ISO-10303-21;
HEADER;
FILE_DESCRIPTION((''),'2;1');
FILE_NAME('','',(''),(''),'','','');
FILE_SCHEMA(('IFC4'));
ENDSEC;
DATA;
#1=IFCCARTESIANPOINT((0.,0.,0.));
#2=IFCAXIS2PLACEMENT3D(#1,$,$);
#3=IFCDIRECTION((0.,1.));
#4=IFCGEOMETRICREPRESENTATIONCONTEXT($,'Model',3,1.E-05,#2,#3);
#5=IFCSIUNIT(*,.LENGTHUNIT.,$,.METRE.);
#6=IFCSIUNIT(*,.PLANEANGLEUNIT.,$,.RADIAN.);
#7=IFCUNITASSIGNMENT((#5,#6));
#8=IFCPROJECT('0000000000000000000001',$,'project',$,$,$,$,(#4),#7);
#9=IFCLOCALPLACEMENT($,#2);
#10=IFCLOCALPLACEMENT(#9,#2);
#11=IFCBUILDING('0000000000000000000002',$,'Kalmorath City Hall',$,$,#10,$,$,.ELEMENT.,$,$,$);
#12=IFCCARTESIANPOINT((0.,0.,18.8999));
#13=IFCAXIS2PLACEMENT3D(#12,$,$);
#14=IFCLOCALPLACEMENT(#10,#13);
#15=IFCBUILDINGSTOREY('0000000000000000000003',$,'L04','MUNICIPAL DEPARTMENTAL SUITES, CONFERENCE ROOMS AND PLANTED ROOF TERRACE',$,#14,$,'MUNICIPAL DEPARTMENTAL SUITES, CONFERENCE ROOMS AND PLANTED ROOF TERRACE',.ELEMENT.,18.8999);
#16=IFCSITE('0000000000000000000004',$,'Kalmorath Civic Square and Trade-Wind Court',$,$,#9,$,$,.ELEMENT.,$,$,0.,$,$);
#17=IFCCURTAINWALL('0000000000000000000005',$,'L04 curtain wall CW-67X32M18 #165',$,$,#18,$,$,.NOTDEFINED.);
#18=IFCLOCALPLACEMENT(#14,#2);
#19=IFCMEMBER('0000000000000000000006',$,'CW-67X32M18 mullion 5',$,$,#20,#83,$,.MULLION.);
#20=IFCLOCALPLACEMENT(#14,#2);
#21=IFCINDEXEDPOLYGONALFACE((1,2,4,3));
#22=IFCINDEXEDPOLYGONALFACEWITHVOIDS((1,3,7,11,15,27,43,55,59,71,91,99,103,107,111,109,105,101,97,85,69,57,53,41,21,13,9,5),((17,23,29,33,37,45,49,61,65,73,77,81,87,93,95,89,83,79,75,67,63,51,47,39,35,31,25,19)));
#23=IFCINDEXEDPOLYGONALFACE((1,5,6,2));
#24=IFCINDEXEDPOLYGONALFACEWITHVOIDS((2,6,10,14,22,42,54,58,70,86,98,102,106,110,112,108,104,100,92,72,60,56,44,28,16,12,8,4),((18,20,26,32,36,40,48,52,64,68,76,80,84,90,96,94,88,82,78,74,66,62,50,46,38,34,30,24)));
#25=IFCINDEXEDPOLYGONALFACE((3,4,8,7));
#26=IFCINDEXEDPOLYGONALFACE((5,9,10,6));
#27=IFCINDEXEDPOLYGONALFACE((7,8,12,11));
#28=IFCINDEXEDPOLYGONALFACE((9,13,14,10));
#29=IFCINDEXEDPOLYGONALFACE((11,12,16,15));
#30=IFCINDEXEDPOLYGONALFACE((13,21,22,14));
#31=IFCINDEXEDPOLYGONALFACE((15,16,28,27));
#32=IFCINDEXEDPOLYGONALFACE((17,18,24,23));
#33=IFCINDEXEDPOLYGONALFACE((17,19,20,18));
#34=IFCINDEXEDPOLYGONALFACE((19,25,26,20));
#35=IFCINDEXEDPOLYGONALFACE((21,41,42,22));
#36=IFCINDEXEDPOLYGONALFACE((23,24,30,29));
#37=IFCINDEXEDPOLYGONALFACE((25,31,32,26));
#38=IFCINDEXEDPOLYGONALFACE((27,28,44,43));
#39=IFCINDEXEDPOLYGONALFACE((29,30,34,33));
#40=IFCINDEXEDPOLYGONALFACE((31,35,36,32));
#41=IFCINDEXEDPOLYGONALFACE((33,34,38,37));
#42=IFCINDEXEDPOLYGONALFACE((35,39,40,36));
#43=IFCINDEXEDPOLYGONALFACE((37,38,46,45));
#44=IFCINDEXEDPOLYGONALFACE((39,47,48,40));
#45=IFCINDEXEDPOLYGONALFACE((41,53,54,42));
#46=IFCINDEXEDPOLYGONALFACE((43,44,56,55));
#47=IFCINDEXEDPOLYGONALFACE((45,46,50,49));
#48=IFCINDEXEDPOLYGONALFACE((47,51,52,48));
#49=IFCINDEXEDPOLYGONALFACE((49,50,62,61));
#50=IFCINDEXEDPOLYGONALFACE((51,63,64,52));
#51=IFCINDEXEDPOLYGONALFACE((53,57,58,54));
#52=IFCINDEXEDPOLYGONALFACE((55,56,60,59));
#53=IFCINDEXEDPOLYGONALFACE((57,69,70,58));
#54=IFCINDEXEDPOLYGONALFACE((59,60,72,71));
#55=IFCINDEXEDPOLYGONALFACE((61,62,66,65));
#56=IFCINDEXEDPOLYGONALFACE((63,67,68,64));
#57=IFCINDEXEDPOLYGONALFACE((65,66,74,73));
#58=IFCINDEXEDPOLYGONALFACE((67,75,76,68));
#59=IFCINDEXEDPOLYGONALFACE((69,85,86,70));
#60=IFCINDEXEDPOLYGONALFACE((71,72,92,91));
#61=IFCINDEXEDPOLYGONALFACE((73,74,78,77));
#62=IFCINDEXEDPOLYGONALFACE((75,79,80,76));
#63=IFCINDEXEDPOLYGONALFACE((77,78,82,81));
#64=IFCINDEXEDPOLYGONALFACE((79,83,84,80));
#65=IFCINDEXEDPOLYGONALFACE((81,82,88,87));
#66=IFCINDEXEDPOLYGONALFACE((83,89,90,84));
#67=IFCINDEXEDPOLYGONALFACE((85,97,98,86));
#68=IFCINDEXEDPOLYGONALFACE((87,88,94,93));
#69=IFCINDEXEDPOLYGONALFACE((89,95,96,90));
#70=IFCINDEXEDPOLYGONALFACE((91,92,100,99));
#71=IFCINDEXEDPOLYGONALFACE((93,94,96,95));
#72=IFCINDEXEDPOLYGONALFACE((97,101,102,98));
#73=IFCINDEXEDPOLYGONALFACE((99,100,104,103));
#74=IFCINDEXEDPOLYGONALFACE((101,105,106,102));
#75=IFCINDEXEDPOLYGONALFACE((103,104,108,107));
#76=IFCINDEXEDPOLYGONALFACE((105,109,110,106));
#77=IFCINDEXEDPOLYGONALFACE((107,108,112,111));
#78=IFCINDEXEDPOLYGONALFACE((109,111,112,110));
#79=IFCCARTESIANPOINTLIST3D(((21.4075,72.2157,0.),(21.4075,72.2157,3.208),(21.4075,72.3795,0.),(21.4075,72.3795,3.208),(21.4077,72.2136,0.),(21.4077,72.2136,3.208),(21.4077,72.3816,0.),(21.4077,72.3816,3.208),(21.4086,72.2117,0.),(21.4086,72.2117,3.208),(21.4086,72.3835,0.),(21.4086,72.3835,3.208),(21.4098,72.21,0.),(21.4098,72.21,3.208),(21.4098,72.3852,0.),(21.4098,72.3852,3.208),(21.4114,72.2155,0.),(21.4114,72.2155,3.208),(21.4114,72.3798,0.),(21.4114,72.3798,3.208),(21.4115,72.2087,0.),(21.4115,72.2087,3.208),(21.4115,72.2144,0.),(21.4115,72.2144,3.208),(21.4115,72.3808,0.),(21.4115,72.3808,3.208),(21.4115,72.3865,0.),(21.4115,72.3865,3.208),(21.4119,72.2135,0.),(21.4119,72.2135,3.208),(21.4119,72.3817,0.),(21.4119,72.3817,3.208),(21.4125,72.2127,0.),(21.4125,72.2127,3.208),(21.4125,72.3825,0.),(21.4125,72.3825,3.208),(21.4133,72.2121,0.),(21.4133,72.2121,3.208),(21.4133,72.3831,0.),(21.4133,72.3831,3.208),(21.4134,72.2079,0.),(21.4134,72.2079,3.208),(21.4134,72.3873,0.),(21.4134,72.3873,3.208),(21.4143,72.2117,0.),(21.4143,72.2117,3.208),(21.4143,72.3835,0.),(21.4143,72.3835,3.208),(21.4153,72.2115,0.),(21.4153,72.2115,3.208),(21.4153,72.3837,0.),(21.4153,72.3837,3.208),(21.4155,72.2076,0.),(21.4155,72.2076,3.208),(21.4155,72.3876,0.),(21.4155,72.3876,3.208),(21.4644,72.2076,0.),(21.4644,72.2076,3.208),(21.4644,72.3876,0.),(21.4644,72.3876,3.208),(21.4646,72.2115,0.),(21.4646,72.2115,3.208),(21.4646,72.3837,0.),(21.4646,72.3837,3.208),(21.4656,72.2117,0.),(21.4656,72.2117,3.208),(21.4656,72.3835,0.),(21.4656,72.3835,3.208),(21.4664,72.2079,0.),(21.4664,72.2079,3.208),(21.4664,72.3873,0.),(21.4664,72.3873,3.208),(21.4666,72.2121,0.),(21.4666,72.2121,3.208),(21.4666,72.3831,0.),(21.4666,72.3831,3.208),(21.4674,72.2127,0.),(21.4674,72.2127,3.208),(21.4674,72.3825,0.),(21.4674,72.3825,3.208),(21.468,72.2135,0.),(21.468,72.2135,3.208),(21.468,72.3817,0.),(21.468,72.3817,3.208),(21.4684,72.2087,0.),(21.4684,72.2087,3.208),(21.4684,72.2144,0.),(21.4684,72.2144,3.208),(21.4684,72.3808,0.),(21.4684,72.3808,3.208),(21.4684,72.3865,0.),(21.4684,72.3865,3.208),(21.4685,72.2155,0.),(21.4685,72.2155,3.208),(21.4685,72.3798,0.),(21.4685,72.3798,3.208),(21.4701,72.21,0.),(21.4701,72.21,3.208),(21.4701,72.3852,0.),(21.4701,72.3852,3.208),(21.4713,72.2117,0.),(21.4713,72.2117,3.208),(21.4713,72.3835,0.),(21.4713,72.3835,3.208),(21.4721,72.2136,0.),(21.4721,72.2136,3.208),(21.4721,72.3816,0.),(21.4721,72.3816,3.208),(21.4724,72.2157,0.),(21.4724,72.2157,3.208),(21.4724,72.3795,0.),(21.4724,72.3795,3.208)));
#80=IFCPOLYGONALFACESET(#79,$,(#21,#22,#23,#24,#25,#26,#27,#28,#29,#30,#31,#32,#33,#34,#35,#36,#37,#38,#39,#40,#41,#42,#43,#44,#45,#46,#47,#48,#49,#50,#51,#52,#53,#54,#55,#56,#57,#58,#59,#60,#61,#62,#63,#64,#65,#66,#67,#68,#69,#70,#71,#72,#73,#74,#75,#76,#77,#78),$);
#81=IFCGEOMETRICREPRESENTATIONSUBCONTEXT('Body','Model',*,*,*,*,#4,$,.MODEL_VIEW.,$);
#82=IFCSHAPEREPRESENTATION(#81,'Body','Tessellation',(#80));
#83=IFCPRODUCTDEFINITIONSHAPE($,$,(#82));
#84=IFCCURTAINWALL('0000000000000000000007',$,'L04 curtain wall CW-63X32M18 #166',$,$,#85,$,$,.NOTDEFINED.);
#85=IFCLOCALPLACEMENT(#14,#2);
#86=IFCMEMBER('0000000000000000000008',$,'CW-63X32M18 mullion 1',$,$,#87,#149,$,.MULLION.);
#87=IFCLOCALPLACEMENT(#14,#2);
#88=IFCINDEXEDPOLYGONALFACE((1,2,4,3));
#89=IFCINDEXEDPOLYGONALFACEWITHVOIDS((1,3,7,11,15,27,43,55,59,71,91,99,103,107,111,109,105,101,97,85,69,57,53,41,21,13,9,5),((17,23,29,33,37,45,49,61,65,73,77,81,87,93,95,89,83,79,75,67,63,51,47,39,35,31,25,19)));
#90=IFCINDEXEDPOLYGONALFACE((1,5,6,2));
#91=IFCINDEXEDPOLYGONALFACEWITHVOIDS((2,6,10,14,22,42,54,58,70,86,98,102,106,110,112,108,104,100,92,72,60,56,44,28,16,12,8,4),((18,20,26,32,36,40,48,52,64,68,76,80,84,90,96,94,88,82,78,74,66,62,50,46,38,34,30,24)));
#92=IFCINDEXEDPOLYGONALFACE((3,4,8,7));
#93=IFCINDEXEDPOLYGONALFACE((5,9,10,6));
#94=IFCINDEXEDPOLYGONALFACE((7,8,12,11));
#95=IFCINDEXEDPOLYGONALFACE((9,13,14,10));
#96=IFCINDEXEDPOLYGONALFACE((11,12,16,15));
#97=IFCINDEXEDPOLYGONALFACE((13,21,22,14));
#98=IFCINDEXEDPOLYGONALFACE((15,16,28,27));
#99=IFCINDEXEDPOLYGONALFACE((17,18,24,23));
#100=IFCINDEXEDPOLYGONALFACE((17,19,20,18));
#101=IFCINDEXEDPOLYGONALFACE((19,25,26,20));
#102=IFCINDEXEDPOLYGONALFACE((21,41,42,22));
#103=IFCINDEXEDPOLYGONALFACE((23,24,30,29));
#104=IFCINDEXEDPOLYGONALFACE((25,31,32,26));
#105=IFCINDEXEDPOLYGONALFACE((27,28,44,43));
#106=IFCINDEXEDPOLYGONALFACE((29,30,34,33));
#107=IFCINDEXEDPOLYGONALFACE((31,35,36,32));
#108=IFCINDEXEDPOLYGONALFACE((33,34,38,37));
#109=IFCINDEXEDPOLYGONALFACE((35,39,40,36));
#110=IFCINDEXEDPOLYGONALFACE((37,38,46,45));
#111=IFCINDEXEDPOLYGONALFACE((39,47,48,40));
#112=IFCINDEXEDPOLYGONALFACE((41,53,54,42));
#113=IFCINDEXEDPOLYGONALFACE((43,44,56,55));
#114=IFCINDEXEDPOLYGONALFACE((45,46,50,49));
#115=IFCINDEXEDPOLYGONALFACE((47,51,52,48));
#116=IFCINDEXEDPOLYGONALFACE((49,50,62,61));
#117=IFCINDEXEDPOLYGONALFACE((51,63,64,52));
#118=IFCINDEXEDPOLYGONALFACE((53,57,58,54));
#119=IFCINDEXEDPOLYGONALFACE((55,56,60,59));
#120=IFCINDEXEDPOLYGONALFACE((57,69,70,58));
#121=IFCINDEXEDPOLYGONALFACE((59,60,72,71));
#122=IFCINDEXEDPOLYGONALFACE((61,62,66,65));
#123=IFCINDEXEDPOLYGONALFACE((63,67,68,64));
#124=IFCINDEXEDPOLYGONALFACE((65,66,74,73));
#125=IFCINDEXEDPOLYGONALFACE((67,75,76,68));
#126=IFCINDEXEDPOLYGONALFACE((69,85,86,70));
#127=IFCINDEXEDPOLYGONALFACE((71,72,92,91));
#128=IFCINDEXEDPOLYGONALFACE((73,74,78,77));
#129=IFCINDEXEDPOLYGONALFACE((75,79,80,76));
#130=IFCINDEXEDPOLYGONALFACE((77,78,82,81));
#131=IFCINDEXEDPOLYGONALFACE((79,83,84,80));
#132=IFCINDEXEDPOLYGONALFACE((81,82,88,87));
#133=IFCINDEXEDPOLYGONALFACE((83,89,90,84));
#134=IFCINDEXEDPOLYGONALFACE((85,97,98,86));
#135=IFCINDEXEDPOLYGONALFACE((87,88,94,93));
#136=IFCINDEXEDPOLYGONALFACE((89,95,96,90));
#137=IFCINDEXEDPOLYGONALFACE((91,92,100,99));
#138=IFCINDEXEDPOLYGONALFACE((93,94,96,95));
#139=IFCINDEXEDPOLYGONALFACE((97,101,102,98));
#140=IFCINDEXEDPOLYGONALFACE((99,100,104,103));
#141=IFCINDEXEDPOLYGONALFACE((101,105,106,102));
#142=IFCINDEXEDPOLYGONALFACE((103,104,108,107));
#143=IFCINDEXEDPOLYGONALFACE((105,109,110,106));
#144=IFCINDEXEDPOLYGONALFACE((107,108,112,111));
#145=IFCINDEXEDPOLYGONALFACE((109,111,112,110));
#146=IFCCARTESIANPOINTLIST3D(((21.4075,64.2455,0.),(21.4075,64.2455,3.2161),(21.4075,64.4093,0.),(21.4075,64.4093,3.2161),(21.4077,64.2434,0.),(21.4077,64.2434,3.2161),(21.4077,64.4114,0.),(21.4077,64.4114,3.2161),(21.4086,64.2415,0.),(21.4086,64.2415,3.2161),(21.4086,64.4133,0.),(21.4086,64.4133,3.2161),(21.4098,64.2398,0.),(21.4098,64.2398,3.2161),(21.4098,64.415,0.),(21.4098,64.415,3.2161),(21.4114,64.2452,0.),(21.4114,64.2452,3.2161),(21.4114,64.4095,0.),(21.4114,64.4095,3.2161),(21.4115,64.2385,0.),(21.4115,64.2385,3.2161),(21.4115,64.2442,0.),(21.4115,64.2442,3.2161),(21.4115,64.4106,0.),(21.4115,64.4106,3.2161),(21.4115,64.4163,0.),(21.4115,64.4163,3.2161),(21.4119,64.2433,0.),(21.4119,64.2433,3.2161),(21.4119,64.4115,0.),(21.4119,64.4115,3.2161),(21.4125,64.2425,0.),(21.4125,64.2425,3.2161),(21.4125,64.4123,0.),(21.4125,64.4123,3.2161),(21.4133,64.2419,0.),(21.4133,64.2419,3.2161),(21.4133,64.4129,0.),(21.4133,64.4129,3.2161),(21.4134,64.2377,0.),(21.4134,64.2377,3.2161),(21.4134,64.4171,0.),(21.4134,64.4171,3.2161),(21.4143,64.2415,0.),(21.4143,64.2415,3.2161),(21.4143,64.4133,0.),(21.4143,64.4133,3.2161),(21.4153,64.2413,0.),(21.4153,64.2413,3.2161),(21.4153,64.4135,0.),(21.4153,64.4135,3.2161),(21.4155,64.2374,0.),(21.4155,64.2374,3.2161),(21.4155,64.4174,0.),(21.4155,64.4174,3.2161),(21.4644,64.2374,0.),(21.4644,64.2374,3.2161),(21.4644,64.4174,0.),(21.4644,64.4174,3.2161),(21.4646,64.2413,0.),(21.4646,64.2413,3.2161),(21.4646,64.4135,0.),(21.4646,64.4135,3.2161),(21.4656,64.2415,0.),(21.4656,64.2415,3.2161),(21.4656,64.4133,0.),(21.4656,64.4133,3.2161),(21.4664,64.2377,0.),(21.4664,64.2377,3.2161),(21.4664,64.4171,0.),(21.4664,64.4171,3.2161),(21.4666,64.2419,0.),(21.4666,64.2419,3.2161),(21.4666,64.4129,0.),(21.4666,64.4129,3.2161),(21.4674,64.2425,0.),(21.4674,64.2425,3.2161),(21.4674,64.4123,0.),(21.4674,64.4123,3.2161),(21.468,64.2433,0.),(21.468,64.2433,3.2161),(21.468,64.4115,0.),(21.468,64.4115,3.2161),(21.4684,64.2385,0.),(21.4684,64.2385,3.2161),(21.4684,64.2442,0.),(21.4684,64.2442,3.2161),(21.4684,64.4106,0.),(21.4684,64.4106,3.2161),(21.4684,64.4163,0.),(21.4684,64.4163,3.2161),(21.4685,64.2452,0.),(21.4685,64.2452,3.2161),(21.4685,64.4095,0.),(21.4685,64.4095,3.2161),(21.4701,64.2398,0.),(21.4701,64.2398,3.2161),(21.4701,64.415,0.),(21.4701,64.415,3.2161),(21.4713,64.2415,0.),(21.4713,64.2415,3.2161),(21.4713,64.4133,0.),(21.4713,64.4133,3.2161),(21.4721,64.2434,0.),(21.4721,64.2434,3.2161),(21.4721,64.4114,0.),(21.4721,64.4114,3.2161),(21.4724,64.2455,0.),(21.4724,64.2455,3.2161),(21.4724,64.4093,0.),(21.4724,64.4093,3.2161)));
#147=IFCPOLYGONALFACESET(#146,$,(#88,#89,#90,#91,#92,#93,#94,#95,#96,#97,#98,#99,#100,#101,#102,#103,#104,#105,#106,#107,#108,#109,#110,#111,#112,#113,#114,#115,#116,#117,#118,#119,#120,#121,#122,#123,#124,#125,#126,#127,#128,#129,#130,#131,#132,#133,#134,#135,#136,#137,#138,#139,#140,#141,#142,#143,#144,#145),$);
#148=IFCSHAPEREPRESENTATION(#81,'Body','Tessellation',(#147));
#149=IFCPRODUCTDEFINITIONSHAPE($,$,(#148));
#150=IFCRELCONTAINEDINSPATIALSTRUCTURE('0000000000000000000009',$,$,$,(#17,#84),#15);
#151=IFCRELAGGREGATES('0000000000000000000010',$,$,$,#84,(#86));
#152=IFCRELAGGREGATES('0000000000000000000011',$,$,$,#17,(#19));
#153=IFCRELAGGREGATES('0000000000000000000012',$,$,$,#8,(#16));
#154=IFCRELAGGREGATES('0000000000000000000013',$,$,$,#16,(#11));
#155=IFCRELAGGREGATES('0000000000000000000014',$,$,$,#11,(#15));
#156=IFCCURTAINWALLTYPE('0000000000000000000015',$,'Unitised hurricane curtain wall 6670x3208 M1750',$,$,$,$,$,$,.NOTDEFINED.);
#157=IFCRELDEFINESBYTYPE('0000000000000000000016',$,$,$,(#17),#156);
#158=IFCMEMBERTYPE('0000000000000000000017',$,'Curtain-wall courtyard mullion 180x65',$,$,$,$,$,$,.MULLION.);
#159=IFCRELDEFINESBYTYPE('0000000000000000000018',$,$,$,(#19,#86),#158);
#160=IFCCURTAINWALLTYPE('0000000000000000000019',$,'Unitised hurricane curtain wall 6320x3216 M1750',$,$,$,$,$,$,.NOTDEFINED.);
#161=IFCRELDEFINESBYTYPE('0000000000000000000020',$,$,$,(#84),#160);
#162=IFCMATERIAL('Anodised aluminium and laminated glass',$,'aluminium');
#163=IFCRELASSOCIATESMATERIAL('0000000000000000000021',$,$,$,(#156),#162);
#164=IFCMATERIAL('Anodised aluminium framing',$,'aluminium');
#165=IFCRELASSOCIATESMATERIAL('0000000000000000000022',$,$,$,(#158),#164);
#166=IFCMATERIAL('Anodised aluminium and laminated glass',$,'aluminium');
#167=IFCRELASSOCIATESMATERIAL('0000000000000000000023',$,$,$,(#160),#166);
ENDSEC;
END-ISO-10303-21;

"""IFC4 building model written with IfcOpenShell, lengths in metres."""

from ifc_helpers import new_model, si_unit, direction, frame, origin, origin_2d, place, context, subcontext, project, spatial, hollow_rectangle, extrude, material, material_profile, profile_set, type_object, element, aggregate, save


model = new_model("IFC4")

# Units and contexts
model_context = context("Model", 3, precision=1e-05, world=origin(), true_north=direction((0.0, 1.0)))
body_context = subcontext(model_context, "Body", "Model", "MODEL_VIEW")
ifc_project = project(units=[si_unit("LENGTHUNIT", "METRE"), si_unit("PLANEANGLEUNIT", "RADIAN")], contexts=[model_context])

# Site, building, storey
site_placement = place(None, origin())
site = spatial("IfcSite", under=ifc_project, at=site_placement, Name="Kalmorath Civic Square and Trade-Wind Court", CompositionType="ELEMENT", RefElevation=0.0)
building_placement = place(site_placement, origin())
building = spatial("IfcBuilding", under=site, at=building_placement, Name="Kalmorath City Hall", CompositionType="ELEMENT")
storey_placement = place(building_placement, frame((0.0, 0.0, 18.8999)))
storey = spatial("IfcBuildingStorey", under=building, at=storey_placement, Name="L04", Description="MUNICIPAL DEPARTMENTAL SUITES, CONFERENCE ROOMS AND PLANTED ROOF TERRACE", LongName="MUNICIPAL DEPARTMENTAL SUITES, CONFERENCE ROOMS AND PLANTED ROOF TERRACE", CompositionType="ELEMENT", Elevation=18.8999)

# Curtain wall, member
ifc_material_1 = material(Name="Anodised aluminium and laminated glass", Category="aluminium")
curtain_wall_type_1 = type_object("IfcCurtainWallType", Name="Unitised hurricane curtain wall 6670x3208 M1750", PredefinedType="NOTDEFINED", material=ifc_material_1)
curtain_wall_1_placement = place(storey_placement, origin())
curtain_wall_1 = element("IfcCurtainWall", 1, at=curtain_wall_1_placement, inside=storey, type_object=curtain_wall_type_1, Name="L04 curtain wall CW-67X32M18 #165", PredefinedType="NOTDEFINED")
ifc_material_2 = material(Name="Anodised aluminium framing", Category="aluminium")
ifc_material_profile_1 = material_profile(ifc_material_2, hollow_rectangle(XDim=0.0649, YDim=0.1799, WallThickness=0.0039, InnerFilletRadius=0.0039, OuterFilletRadius=0.0081, at=origin_2d()), Name="ALU-MUL-180X65X4")
ifc_profile_set_1 = profile_set([ifc_material_profile_1], Name="Anodised aluminium framing")
member_type_1 = type_object("IfcMemberType", Name="Curtain-wall courtyard mullion 180x65", PredefinedType="MULLION", material=ifc_profile_set_1)
member_1_placement = place(storey_placement, frame((21.4399, 72.2976, 0.0), z_axis=(0.0, 0.0, 1.0), x_axis=(1.0, 0.0, 0.0)))
member_1 = element("IfcMember", 2, at=member_1_placement, type_object=member_type_1, Name="CW-67X32M18 mullion 5", PredefinedType="MULLION", context=body_context, shape_type="SweptSolid", body=[
    extrude(hollow_rectangle(XDim=0.0649, YDim=0.1799, WallThickness=0.0039, InnerFilletRadius=0.0039, OuterFilletRadius=0.0081, at=origin_2d()), origin(), (0.0, 0.0, 1.0), 3.208),
])

# Curtain wall, member
ifc_material_3 = material(Name="Anodised aluminium and laminated glass", Category="aluminium")
curtain_wall_type_2 = type_object("IfcCurtainWallType", Name="Unitised hurricane curtain wall 6320x3216 M1750", PredefinedType="NOTDEFINED", material=ifc_material_3)
curtain_wall_2_placement = place(storey_placement, origin())
curtain_wall_2 = element("IfcCurtainWall", 3, at=curtain_wall_2_placement, inside=storey, type_object=curtain_wall_type_2, Name="L04 curtain wall CW-63X32M18 #166", PredefinedType="NOTDEFINED")
member_2_placement = place(storey_placement, frame((21.4399, 64.3274, 0.0), z_axis=(0.0, 0.0, 1.0), x_axis=(1.0, 0.0, 0.0)))
member_2 = element("IfcMember", 4, at=member_2_placement, type_object=member_type_1, Name="CW-63X32M18 mullion 1", PredefinedType="MULLION", context=body_context, shape_type="SweptSolid", body=[
    extrude(hollow_rectangle(XDim=0.0649, YDim=0.1799, WallThickness=0.0039, InnerFilletRadius=0.0039, OuterFilletRadius=0.0081, at=origin_2d()), origin(), (0.0, 0.0, 1.0), 3.2161),
])

aggregate(curtain_wall_2, [member_2])

aggregate(curtain_wall_1, [member_1])

save(model, "model.ifc")
